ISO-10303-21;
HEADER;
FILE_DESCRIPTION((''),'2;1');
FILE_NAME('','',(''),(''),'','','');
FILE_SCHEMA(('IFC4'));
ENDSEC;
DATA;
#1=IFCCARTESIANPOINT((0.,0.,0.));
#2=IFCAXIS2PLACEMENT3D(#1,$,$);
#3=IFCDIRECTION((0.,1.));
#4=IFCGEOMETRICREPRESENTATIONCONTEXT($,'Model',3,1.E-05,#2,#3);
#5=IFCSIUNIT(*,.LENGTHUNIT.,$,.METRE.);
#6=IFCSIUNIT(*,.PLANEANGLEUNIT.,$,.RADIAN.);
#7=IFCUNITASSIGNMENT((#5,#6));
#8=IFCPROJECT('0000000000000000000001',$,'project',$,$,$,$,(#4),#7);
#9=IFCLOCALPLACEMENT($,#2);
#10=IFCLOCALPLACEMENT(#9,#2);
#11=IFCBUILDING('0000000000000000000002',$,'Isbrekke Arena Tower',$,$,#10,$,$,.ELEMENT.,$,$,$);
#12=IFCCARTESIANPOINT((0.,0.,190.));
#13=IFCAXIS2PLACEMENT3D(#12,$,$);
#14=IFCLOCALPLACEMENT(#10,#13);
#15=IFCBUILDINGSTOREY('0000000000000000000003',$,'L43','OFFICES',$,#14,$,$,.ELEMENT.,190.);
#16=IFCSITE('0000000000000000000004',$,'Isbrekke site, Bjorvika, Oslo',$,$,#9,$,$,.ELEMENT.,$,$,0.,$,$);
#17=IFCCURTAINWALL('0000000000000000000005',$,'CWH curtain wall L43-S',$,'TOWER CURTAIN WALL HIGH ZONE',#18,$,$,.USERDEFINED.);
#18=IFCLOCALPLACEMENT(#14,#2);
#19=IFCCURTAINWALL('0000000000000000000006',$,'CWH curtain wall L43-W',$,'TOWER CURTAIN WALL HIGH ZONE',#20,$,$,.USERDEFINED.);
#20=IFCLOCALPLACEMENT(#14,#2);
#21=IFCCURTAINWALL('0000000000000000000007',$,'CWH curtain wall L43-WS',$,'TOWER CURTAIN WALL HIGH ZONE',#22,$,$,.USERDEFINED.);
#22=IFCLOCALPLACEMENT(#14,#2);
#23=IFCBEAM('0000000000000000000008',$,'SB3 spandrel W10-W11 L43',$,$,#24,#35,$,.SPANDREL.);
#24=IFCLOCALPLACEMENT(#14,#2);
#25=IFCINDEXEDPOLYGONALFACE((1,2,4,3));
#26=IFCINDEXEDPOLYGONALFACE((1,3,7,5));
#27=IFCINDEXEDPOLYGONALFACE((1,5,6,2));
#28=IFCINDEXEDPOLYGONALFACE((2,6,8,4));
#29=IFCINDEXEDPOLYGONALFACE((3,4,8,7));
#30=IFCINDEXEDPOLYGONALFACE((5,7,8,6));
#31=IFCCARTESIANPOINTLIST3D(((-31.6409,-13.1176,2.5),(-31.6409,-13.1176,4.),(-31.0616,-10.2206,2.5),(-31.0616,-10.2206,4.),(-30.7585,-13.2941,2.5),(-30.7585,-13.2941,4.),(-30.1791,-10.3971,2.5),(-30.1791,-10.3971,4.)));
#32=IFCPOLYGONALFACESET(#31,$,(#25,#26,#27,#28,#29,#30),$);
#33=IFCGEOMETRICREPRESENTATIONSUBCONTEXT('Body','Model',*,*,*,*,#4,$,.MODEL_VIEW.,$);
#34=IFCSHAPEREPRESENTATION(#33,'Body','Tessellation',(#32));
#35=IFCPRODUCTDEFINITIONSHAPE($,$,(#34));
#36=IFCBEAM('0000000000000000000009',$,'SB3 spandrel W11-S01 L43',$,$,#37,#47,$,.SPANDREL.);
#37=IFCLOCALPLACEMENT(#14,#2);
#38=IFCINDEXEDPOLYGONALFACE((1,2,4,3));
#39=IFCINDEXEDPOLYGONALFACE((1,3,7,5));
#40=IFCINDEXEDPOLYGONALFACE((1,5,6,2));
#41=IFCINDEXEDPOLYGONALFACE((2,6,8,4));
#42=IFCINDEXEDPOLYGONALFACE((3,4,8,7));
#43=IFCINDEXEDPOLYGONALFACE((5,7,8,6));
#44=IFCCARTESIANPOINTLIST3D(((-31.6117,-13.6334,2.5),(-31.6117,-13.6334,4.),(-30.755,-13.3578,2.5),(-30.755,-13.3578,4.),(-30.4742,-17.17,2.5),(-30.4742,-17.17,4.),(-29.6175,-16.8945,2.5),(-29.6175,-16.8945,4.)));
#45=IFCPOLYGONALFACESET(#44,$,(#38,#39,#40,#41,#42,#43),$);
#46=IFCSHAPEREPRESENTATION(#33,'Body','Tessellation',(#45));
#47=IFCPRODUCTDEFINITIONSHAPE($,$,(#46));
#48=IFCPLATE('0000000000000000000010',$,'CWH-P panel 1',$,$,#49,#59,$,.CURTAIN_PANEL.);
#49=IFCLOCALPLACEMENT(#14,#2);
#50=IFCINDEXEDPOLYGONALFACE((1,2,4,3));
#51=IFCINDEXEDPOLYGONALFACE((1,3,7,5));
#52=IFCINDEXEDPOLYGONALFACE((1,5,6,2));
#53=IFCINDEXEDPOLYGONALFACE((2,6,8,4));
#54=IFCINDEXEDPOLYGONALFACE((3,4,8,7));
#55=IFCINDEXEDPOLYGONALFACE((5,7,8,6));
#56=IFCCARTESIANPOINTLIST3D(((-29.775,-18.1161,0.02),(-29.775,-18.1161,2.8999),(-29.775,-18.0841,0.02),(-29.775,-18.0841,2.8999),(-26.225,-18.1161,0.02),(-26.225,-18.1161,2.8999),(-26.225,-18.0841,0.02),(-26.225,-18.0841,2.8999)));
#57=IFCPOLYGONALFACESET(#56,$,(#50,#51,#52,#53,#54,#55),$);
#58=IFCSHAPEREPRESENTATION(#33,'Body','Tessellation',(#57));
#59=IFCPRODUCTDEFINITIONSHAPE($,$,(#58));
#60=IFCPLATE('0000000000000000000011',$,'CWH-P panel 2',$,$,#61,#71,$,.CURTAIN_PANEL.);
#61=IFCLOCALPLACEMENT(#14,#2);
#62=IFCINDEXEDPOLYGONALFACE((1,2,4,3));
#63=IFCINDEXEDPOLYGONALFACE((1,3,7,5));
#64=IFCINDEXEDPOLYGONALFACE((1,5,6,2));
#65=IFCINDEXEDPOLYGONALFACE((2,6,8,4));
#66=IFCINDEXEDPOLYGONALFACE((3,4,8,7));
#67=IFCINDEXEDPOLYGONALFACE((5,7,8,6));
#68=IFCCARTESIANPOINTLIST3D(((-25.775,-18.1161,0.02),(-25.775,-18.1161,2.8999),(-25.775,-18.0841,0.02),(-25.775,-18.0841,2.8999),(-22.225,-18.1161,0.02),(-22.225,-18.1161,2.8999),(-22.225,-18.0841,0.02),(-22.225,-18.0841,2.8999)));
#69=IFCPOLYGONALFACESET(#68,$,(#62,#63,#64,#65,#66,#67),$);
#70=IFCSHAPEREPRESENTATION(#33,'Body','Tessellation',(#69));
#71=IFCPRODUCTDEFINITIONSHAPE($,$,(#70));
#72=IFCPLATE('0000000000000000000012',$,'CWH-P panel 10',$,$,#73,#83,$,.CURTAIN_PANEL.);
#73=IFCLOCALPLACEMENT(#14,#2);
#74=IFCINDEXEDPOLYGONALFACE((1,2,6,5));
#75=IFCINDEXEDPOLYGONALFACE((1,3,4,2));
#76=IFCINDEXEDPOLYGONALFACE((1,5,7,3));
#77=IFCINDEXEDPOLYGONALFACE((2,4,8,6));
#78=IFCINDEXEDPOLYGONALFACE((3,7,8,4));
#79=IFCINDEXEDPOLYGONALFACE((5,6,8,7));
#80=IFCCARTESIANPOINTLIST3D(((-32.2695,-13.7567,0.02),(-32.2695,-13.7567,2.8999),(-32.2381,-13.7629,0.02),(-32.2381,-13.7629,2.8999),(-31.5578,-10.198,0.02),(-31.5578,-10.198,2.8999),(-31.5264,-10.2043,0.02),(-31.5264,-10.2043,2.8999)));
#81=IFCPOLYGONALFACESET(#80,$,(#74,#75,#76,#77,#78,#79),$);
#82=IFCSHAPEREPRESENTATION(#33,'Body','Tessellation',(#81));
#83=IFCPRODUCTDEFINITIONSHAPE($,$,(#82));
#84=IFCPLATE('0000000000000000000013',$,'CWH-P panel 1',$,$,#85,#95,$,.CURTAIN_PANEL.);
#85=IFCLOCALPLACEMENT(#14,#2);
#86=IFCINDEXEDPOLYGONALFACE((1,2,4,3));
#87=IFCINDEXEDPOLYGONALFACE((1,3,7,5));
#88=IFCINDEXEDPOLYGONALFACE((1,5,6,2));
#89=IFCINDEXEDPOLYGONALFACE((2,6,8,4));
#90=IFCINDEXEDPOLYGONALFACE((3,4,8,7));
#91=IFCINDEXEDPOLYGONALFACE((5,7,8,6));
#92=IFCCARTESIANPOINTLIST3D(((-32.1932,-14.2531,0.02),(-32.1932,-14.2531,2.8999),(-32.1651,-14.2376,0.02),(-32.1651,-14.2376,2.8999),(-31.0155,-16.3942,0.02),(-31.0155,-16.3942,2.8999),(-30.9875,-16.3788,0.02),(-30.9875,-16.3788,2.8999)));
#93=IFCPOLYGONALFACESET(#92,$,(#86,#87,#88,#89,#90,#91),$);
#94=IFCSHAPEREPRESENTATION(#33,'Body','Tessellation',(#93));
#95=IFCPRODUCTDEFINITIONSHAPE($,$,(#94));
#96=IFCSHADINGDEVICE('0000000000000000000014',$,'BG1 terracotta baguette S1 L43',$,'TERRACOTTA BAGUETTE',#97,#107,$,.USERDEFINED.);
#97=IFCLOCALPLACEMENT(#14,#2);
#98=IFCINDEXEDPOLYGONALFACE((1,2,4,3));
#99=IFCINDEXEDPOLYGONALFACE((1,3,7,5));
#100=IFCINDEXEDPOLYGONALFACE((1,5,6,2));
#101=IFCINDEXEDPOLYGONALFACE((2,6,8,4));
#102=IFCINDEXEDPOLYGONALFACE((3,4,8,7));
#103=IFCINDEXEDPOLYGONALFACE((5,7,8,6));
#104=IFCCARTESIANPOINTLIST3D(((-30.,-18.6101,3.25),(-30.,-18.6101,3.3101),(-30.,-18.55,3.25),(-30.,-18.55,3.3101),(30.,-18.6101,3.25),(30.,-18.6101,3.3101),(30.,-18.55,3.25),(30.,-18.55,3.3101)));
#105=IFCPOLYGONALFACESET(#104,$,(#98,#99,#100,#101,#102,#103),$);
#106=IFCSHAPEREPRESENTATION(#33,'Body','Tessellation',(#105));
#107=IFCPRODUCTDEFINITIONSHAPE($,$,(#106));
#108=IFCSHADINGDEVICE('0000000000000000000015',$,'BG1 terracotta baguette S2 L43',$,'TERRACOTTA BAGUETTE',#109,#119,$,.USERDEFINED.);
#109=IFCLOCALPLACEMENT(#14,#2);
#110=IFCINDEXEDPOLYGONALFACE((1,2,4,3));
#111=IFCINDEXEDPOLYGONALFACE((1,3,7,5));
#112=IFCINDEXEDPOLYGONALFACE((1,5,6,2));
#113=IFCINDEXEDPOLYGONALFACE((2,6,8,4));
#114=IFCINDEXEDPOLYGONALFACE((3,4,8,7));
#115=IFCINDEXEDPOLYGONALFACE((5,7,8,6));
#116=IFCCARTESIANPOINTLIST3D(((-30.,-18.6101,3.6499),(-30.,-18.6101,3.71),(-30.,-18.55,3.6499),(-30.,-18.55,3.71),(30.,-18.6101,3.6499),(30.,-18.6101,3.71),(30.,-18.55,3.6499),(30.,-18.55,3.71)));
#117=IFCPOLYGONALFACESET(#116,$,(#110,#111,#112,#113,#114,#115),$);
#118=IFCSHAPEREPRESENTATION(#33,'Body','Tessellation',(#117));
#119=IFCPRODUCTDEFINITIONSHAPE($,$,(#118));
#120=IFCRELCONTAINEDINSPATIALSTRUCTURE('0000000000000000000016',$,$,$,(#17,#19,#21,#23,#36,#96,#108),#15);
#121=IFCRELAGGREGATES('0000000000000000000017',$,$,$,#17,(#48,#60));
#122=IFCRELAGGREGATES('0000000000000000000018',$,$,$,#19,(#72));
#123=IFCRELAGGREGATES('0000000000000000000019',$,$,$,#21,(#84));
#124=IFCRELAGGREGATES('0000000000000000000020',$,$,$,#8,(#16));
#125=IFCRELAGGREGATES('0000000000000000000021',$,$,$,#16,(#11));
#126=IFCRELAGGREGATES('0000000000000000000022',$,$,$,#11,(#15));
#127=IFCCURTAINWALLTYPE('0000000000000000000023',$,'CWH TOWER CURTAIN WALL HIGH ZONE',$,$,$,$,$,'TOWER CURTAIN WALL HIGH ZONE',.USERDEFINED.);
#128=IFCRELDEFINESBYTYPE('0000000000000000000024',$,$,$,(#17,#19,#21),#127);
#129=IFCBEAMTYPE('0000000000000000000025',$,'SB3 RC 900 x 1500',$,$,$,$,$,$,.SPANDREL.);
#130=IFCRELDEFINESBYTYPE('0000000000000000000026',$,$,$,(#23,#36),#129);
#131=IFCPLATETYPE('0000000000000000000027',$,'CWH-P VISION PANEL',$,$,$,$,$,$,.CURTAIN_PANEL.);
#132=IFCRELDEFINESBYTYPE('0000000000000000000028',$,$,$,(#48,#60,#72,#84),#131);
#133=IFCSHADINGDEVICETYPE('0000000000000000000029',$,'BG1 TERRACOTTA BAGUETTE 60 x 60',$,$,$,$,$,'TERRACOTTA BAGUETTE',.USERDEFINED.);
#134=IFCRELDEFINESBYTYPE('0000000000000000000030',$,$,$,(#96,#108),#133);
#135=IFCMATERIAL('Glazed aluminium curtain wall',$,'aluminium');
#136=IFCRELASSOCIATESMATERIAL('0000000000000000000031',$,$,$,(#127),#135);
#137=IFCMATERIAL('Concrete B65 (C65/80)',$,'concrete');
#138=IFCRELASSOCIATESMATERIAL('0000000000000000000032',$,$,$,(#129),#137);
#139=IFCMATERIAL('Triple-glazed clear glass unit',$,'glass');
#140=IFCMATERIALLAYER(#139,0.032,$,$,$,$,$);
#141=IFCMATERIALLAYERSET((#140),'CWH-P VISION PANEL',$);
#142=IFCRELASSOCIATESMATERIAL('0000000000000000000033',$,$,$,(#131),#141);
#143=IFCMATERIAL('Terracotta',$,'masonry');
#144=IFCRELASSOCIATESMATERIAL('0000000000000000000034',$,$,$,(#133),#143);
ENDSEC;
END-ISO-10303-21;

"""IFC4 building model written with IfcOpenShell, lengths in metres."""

from ifc_helpers import new_model, si_unit, direction, frame, origin, origin_2d, place, context, subcontext, project, spatial, rectangle, extrude, material, layer, layer_set, material_profile, profile_set, type_object, element, aggregate, save


model = new_model("IFC4")

# Units and contexts
model_context = context("Model", 3, precision=1e-05, world=origin(), true_north=direction((0.0, 1.0)))
body_context = subcontext(model_context, "Body", "Model", "MODEL_VIEW")
ifc_project = project(units=[si_unit("LENGTHUNIT", "METRE"), si_unit("PLANEANGLEUNIT", "RADIAN")], contexts=[model_context])

# Site, building, storey
site_placement = place(None, origin())
site = spatial("IfcSite", under=ifc_project, at=site_placement, Name="Isbrekke site, Bjorvika, Oslo", CompositionType="ELEMENT", RefElevation=0.0)
building_placement = place(site_placement, origin())
building = spatial("IfcBuilding", under=site, at=building_placement, Name="Isbrekke Arena Tower", CompositionType="ELEMENT")
storey_placement = place(building_placement, frame((0.0, 0.0, 190.0)))
storey = spatial("IfcBuildingStorey", under=building, at=storey_placement, Name="L43", Description="OFFICES", CompositionType="ELEMENT", Elevation=190.0)

# Curtain wall
ifc_material_1 = material(Name="Glazed aluminium curtain wall", Category="aluminium")
curtain_wall_type = type_object("IfcCurtainWallType", Name="CWH TOWER CURTAIN WALL HIGH ZONE", ElementType="TOWER CURTAIN WALL HIGH ZONE", PredefinedType="USERDEFINED", material=ifc_material_1)
curtain_wall_1_placement = place(storey_placement, origin())
curtain_wall_1 = element("IfcCurtainWall", 1, at=curtain_wall_1_placement, inside=storey, type_object=curtain_wall_type, Name="CWH curtain wall L43-S", ObjectType="TOWER CURTAIN WALL HIGH ZONE", PredefinedType="USERDEFINED")

# Curtain walls
curtain_wall_2_placement = place(storey_placement, origin())
curtain_wall_2 = element("IfcCurtainWall", 2, at=curtain_wall_2_placement, inside=storey, type_object=curtain_wall_type, Name="CWH curtain wall L43-W", ObjectType="TOWER CURTAIN WALL HIGH ZONE", PredefinedType="USERDEFINED")
curtain_wall_3_placement = place(storey_placement, origin())
curtain_wall_3 = element("IfcCurtainWall", 3, at=curtain_wall_3_placement, inside=storey, type_object=curtain_wall_type, Name="CWH curtain wall L43-WS", ObjectType="TOWER CURTAIN WALL HIGH ZONE", PredefinedType="USERDEFINED")

# Beams
ifc_material_2 = material(Name="Concrete B65 (C65/80)", Category="concrete")
ifc_material_profile_1 = material_profile(ifc_material_2, rectangle(XDim=0.8999, YDim=1.5, at=origin_2d()), Name="RC 900x1500")
ifc_profile_set_1 = profile_set([ifc_material_profile_1], Name="Concrete B65 (C65/80)")
beam_type_1 = type_object("IfcBeamType", Name="SB3 RC 900 x 1500", PredefinedType="SPANDREL", material=ifc_profile_set_1)
beam_1_placement = place(storey_placement, frame((-30.6204, -10.3088, 3.25), z_axis=(-0.1961, -0.980584, 0.0), x_axis=(0.980584, -0.1961, 0.0)))
element("IfcBeam", 4, at=beam_1_placement, inside=storey, type_object=beam_type_1, Name="SB3 spandrel W10-W11 L43", PredefinedType="SPANDREL", context=body_context, shape_type="SweptSolid", body=[
    extrude(rectangle(XDim=0.8999, YDim=1.5, at=origin_2d()), origin(), (0.0, 0.0, 1.0), 2.9543),
])
beam_2_placement = place(storey_placement, frame((-31.1833, -13.4956, 3.25), z_axis=(0.306175, -0.951975, 0.0), x_axis=(0.951975, 0.306175, 0.0)))
element("IfcBeam", 5, at=beam_2_placement, inside=storey, type_object=beam_type_1, Name="SB3 spandrel W11-S01 L43", PredefinedType="SPANDREL", context=body_context, shape_type="SweptSolid", body=[
    extrude(rectangle(XDim=0.8999, YDim=1.5, at=origin_2d()), origin(), (0.0, 0.0, 1.0), 3.7151),
])

# Plates
ifc_material_3 = material(Name="Triple-glazed clear glass unit", Category="glass")
ifc_layer = layer(ifc_material_3, 0.032)
ifc_layer_set = layer_set([ifc_layer], Name="CWH-P VISION PANEL")
plate_type = type_object("IfcPlateType", Name="CWH-P VISION PANEL", PredefinedType="CURTAIN_PANEL", material=ifc_layer_set)
plate_1_placement = place(storey_placement, frame((-28.0, -18.1001, 0.02), z_axis=(0.0, 0.0, 1.0), x_axis=(1.0, 0.0, 0.0)))
plate_1 = element("IfcPlate", 6, at=plate_1_placement, type_object=plate_type, Name="CWH-P panel 1", PredefinedType="CURTAIN_PANEL", context=body_context, shape_type="SweptSolid", body=[
    extrude(rectangle(XDim=3.55, YDim=0.032, at=origin_2d()), origin(), (0.0, 0.0, 1.0), 2.8799),
])
plate_2_placement = place(storey_placement, frame((-24.0, -18.1001, 0.02), z_axis=(0.0, 0.0, 1.0), x_axis=(1.0, 0.0, 0.0)))
plate_2 = element("IfcPlate", 7, at=plate_2_placement, type_object=plate_type, Name="CWH-P panel 2", PredefinedType="CURTAIN_PANEL", context=body_context, shape_type="SweptSolid", body=[
    extrude(rectangle(XDim=3.55, YDim=0.032, at=origin_2d()), origin(), (0.0, 0.0, 1.0), 2.8799),
])
aggregate(curtain_wall_1, [plate_1, plate_2])
plate_3_placement = place(storey_placement, frame((-31.8979, -11.9805, 0.02), z_axis=(0.0, 0.0, 1.0), x_axis=(-0.196116, -0.980581, 0.0)))
plate_3 = element("IfcPlate", 8, at=plate_3_placement, type_object=plate_type, Name="CWH-P panel 10", PredefinedType="CURTAIN_PANEL", context=body_context, shape_type="SweptSolid", body=[
    extrude(rectangle(XDim=3.6292, YDim=0.032, at=origin_2d()), origin(), (0.0, 0.0, 1.0), 2.8799),
])
aggregate(curtain_wall_2, [plate_3])
plate_4_placement = place(storey_placement, frame((-31.5903, -15.3159, 0.02), z_axis=(0.0, 0.0, 1.0), x_axis=(0.481919, -0.876216, 0.0)))
plate_4 = element("IfcPlate", 9, at=plate_4_placement, type_object=plate_type, Name="CWH-P panel 1", PredefinedType="CURTAIN_PANEL", context=body_context, shape_type="SweptSolid", body=[
    extrude(rectangle(XDim=2.4436, YDim=0.032, at=origin_2d()), origin(), (0.0, 0.0, 1.0), 2.8799),
])
aggregate(curtain_wall_3, [plate_4])

# Shading devices
ifc_material_4 = material(Name="Terracotta", Category="masonry")
ifc_material_profile_2 = material_profile(ifc_material_4, rectangle(XDim=0.0601, YDim=0.0601, at=origin_2d()), Name="BAGUETTE 60X60")
ifc_profile_set_2 = profile_set([ifc_material_profile_2], Name="Terracotta")
shading_device_type = type_object("IfcShadingDeviceType", Name="BG1 TERRACOTTA BAGUETTE 60 x 60", ElementType="TERRACOTTA BAGUETTE", PredefinedType="USERDEFINED", material=ifc_profile_set_2)
for number, where, z_axis, x_axis, name in (
    (10, (-30.0, -18.5801, 3.28), (1.0, 0.0, 0.0), (0.0, 1.0, 0.0), "BG1 terracotta baguette S1 L43"),
    (11, (-30.0, -18.5801, 3.6799), (1.0, 0.0, 0.0), (0.0, 1.0, 0.0), "BG1 terracotta baguette S2 L43"),
):
    element("IfcShadingDevice", number, at=place(storey_placement, frame(where, z_axis=z_axis, x_axis=x_axis)), inside=storey, type_object=shading_device_type, Name=name, ObjectType="TERRACOTTA BAGUETTE", PredefinedType="USERDEFINED", context=body_context, shape_type="SweptSolid", body=[
        extrude(rectangle(XDim=0.0601, YDim=0.0601, at=origin_2d()), origin(), (0.0, 0.0, 1.0), 60.0),
    ])

save(model, "model.ifc")
